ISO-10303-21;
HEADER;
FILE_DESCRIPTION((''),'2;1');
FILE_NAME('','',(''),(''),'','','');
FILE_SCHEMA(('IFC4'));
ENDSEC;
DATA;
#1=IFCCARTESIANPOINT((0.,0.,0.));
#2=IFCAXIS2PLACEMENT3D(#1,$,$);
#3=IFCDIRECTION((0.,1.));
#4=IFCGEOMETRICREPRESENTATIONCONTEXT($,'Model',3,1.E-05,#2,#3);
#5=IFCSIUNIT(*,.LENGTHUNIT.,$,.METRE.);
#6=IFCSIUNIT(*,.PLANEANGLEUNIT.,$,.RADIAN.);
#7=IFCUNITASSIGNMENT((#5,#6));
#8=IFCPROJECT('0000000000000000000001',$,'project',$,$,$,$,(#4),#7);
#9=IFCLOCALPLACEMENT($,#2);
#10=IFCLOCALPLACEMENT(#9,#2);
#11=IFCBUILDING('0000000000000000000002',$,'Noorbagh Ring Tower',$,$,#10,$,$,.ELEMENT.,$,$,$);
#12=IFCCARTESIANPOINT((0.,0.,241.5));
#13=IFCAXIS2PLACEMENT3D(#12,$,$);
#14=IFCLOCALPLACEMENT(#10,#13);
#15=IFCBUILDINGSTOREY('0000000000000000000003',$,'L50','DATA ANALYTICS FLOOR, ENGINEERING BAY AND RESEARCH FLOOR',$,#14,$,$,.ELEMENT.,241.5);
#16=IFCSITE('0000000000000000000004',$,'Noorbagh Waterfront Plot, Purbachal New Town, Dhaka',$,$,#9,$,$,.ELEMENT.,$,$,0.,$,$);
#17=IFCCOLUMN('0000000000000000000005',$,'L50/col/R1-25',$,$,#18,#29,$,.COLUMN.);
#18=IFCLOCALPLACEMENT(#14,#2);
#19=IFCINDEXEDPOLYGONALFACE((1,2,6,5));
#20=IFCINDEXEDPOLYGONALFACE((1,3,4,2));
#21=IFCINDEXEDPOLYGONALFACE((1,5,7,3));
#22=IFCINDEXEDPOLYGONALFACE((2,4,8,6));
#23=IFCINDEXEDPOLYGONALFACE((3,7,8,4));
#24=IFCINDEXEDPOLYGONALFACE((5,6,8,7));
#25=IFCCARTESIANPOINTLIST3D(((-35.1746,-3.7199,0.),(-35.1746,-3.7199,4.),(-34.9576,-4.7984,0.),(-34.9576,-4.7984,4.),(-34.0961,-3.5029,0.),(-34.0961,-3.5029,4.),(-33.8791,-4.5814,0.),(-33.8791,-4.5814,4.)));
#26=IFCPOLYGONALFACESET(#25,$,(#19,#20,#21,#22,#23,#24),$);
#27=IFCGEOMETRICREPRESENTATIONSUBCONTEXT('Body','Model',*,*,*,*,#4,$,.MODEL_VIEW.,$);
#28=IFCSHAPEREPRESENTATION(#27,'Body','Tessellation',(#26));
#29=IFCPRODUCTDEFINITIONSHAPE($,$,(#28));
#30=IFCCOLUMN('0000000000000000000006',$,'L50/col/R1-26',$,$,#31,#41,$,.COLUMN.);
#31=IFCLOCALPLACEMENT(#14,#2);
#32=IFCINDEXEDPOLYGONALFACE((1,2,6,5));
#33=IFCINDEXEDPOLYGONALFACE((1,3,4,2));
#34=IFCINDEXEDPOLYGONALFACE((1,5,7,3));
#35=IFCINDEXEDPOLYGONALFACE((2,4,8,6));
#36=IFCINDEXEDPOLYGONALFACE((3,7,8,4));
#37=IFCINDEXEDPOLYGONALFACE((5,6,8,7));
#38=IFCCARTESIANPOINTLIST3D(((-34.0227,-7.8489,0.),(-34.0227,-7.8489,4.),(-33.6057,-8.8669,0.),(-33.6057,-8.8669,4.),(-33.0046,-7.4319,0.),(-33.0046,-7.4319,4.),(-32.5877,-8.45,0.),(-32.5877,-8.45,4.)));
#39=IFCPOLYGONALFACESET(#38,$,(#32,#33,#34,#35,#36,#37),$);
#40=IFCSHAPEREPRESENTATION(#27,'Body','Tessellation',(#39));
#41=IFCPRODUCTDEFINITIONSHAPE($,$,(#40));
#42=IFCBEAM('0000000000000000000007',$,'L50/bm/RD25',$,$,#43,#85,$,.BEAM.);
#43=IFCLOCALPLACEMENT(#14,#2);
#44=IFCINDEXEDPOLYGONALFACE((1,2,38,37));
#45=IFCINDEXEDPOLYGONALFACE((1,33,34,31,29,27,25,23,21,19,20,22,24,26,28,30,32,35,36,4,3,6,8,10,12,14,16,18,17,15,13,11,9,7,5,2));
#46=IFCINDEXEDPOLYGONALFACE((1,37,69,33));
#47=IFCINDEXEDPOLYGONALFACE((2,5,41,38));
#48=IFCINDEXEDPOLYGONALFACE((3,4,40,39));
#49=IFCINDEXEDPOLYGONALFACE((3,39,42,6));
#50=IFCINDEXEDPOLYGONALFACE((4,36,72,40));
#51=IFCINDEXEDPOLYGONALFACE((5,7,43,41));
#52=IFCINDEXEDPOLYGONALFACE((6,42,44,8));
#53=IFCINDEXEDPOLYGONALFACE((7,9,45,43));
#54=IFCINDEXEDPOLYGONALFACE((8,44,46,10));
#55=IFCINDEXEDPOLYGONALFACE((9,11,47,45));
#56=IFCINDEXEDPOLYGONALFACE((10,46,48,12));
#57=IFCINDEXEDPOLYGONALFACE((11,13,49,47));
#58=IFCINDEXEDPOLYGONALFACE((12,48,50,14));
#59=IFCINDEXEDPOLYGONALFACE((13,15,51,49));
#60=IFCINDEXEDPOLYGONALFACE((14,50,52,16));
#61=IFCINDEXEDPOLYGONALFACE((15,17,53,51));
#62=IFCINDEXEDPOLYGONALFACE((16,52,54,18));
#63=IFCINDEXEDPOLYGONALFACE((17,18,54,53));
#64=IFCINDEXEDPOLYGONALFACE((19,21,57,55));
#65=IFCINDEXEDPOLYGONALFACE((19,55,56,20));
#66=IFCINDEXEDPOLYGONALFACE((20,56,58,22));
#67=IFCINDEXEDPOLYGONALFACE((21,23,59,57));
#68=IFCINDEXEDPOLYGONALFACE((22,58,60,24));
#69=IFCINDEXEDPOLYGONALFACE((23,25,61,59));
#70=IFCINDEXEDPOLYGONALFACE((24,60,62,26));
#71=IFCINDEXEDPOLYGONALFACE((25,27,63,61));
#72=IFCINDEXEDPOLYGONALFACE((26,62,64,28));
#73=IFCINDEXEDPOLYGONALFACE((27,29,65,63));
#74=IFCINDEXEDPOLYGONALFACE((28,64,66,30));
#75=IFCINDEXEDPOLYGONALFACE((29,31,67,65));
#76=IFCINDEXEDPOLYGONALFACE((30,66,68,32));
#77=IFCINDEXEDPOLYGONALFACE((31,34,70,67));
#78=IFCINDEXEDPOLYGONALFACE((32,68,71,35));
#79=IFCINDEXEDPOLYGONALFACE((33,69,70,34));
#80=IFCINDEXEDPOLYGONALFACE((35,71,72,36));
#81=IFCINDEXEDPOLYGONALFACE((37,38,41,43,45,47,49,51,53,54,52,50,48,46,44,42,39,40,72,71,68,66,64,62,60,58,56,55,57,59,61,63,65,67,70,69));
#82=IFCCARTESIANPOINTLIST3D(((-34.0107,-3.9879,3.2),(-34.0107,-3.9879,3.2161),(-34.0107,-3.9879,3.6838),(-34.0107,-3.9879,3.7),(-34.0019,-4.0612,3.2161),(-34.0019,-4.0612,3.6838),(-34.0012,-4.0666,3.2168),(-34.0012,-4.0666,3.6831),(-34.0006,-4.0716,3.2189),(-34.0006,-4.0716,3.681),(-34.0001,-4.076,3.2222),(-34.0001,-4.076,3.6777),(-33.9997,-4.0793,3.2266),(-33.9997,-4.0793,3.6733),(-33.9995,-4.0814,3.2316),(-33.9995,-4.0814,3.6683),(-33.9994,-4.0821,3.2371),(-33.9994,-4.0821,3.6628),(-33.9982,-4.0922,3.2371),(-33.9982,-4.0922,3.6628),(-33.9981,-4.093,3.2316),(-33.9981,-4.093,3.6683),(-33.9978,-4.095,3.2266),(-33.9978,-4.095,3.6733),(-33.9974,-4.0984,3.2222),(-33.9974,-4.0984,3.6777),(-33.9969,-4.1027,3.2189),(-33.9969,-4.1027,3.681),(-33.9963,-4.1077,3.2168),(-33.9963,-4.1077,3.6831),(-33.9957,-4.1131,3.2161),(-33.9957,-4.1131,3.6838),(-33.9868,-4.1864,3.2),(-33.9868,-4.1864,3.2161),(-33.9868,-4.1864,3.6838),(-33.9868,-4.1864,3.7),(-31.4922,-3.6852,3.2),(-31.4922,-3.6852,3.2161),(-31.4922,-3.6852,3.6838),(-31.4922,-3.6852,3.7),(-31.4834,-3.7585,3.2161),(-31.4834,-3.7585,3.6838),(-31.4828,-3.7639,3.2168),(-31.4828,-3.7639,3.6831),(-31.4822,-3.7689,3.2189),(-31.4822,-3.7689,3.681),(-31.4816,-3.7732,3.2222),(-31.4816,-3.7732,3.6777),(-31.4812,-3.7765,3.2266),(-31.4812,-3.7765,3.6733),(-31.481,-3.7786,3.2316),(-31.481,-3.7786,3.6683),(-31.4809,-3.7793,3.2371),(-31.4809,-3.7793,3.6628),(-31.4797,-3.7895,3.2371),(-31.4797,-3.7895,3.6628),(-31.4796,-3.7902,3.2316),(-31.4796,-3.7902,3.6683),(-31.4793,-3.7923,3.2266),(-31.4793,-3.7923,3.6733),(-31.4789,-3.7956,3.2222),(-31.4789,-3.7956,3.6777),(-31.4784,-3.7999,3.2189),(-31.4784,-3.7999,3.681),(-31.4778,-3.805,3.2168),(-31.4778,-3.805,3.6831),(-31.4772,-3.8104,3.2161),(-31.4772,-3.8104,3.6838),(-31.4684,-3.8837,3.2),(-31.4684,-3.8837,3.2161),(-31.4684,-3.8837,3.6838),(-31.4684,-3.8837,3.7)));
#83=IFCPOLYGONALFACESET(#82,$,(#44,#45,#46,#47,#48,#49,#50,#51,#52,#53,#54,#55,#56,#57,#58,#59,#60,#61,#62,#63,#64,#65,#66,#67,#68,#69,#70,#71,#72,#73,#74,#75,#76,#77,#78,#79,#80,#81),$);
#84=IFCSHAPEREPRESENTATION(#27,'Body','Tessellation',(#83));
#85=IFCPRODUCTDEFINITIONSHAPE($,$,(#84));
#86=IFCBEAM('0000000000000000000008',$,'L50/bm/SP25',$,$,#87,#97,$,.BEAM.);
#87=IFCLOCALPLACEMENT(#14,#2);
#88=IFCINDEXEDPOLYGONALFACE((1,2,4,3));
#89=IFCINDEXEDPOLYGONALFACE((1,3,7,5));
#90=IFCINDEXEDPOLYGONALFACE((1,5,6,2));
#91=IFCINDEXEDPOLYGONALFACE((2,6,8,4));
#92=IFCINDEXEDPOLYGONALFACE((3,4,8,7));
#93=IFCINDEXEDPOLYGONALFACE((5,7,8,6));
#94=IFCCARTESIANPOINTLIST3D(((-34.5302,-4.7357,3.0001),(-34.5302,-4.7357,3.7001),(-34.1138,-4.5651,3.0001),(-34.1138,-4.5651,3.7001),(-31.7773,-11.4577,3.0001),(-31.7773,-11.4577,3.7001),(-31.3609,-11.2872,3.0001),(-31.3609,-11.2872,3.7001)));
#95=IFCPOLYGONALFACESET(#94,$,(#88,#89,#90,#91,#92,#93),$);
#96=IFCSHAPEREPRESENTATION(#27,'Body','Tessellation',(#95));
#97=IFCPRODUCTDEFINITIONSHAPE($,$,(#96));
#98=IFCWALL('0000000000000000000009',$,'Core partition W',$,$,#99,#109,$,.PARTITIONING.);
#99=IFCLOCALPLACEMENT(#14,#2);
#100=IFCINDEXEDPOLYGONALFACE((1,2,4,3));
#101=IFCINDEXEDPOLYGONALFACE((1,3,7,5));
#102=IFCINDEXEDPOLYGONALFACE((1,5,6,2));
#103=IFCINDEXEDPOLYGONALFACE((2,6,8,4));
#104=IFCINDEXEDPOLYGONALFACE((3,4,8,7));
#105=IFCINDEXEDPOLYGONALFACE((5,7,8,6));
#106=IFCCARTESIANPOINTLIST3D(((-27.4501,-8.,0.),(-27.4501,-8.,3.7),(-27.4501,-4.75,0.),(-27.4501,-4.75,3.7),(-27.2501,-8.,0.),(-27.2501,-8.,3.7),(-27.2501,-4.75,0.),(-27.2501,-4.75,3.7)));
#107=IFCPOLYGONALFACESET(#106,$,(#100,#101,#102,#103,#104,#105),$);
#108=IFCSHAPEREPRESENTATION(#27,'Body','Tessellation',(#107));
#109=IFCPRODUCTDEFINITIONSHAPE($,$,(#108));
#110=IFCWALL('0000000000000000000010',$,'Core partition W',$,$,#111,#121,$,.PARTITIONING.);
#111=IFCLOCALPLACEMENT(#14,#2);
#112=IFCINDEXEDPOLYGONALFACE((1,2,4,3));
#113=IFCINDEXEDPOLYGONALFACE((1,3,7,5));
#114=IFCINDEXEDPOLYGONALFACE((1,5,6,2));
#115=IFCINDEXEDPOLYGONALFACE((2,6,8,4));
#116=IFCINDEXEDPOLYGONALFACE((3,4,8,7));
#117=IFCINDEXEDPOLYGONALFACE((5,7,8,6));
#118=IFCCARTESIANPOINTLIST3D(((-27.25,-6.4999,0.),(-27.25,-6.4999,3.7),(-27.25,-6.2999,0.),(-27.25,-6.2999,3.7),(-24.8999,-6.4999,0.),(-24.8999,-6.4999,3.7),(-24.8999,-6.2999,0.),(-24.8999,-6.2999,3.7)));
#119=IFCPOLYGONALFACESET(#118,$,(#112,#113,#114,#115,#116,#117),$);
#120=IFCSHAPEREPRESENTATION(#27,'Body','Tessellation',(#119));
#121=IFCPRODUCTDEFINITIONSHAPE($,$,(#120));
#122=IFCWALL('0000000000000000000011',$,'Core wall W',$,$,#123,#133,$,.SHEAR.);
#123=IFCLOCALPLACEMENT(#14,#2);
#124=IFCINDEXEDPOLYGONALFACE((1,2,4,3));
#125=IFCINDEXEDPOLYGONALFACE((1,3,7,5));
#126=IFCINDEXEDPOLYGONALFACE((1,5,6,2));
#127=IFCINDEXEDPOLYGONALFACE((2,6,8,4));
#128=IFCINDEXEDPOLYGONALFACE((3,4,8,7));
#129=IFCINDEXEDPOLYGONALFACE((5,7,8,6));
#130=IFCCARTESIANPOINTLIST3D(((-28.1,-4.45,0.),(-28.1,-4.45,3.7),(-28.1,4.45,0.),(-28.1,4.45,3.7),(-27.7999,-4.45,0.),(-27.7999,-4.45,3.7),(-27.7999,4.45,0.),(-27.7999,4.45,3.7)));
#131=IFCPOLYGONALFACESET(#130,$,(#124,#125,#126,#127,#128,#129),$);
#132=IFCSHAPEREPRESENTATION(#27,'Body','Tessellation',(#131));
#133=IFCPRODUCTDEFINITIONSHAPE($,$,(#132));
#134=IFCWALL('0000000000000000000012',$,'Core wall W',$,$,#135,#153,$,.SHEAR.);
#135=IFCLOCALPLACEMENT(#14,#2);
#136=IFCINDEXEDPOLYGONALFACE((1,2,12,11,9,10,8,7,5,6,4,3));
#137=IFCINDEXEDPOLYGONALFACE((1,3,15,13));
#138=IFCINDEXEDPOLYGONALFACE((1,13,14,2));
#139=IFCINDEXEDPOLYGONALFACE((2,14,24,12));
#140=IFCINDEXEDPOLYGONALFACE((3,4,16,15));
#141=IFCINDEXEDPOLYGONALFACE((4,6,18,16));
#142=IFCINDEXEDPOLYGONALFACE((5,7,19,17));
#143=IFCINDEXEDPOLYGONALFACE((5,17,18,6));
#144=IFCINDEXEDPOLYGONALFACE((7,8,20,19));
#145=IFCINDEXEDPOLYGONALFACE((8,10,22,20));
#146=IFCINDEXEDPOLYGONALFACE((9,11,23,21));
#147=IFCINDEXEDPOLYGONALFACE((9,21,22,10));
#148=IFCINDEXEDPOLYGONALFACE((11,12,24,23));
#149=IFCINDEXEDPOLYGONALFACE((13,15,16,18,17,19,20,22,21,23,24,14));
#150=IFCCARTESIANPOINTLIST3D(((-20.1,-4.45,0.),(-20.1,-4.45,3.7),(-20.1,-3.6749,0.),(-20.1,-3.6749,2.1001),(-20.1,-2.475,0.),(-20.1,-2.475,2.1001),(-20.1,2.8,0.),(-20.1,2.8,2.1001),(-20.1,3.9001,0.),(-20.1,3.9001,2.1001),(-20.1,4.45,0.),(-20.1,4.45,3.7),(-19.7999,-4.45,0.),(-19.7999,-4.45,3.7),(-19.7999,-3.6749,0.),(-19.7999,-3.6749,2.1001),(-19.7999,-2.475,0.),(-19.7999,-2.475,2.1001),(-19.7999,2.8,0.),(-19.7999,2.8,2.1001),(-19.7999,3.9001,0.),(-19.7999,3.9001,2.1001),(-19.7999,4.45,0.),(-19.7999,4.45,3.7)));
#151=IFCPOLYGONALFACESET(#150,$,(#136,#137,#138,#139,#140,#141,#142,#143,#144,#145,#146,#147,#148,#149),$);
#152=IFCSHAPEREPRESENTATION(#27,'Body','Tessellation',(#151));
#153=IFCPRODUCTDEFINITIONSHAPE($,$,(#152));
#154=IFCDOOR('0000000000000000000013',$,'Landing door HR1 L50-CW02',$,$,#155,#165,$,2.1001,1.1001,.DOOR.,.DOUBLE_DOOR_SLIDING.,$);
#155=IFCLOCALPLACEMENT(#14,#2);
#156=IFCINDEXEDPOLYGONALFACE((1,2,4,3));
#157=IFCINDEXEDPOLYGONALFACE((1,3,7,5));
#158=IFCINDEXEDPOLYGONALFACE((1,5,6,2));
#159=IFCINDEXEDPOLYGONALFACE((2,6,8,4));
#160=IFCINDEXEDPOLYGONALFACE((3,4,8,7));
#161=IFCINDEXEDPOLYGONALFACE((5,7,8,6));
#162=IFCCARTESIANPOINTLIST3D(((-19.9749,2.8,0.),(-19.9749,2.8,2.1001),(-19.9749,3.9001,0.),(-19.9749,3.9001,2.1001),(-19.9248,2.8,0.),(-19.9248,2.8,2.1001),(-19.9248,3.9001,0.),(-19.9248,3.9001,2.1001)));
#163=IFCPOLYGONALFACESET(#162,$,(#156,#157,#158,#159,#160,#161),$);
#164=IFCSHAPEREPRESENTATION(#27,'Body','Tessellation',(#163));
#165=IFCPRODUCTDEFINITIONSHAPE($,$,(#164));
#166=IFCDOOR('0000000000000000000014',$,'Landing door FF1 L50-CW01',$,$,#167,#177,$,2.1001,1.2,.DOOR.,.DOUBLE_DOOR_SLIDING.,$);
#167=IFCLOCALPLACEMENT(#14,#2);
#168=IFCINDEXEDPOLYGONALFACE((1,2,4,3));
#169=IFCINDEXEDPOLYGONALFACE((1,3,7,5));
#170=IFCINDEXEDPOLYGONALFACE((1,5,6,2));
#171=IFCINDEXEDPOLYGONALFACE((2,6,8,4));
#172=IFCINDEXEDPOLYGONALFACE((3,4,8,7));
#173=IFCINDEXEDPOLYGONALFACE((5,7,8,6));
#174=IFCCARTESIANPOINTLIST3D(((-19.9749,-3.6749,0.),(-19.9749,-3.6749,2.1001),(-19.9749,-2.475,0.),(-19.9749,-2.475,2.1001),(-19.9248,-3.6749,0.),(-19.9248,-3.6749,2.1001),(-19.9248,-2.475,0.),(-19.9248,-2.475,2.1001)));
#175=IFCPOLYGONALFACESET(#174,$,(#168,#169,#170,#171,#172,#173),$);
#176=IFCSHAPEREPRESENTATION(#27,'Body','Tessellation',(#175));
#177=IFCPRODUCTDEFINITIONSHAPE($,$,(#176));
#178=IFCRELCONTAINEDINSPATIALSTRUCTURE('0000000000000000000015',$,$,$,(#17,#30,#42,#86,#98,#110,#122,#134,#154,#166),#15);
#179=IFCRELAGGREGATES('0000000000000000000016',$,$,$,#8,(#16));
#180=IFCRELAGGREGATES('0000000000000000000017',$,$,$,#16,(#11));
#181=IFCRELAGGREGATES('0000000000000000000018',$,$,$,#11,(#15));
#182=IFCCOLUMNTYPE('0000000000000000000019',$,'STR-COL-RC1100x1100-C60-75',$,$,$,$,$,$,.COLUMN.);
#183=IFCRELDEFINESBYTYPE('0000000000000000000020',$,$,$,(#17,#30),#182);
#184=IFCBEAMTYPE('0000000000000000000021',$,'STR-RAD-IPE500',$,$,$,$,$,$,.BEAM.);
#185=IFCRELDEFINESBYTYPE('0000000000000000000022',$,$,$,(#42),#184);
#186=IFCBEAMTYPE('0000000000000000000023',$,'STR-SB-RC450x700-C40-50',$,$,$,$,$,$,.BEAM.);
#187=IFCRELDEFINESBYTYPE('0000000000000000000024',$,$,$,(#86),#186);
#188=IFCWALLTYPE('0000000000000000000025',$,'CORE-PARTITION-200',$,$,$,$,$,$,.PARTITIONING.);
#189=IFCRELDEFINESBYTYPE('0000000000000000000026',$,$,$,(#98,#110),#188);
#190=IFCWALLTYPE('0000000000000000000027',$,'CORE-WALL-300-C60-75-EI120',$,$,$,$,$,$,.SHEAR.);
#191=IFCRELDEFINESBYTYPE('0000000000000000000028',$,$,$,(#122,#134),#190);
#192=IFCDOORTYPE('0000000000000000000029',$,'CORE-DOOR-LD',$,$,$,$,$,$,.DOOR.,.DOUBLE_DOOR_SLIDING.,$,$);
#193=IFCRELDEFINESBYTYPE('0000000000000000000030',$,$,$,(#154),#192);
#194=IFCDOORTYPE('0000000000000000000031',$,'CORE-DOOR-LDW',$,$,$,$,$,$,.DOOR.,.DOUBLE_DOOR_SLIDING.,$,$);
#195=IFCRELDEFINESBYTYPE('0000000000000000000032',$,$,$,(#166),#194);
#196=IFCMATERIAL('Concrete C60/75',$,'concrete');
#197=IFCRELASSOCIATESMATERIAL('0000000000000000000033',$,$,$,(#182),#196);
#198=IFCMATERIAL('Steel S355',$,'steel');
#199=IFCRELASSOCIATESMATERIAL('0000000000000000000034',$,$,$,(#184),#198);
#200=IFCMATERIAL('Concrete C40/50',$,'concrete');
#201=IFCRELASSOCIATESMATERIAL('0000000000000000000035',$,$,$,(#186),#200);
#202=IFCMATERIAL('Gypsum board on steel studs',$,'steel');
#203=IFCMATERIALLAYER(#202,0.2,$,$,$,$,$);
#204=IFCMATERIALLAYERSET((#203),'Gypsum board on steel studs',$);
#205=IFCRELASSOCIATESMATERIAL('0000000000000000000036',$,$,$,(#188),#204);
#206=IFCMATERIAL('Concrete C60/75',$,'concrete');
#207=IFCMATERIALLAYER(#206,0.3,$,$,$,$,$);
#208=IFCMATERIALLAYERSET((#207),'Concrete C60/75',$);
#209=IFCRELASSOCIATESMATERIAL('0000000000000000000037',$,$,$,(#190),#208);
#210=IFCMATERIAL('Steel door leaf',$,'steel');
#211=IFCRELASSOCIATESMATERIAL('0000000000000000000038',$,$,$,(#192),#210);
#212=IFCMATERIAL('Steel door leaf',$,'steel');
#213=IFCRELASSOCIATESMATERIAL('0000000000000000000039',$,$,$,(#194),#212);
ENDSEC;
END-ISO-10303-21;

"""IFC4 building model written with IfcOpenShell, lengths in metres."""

from ifc_helpers import new_model, si_unit, direction, frame, frame_2d, origin, origin_2d, place, context, subcontext, project, spatial, rectangle, i_section, extrude, material, layer, layer_set, material_profile, profile_set, type_object, element, fill, save


model = new_model("IFC4")

# Units and contexts
model_context = context("Model", 3, precision=1e-05, world=origin(), true_north=direction((0.0, 1.0)))
body_context = subcontext(model_context, "Body", "Model", "MODEL_VIEW")
ifc_project = project(units=[si_unit("LENGTHUNIT", "METRE"), si_unit("PLANEANGLEUNIT", "RADIAN")], contexts=[model_context])

# Site, building, storey
site_placement = place(None, origin())
site = spatial("IfcSite", under=ifc_project, at=site_placement, Name="Noorbagh Waterfront Plot, Purbachal New Town, Dhaka", CompositionType="ELEMENT", RefElevation=0.0)
building_placement = place(site_placement, origin())
building = spatial("IfcBuilding", under=site, at=building_placement, Name="Noorbagh Ring Tower", CompositionType="ELEMENT")
storey_placement = place(building_placement, frame((0.0, 0.0, 241.5)))
storey = spatial("IfcBuildingStorey", under=building, at=storey_placement, Name="L50", Description="DATA ANALYTICS FLOOR, ENGINEERING BAY AND RESEARCH FLOOR", CompositionType="ELEMENT", Elevation=241.5)

# Columns
ifc_material_1 = material(Name="Concrete C60/75", Category="concrete")
ifc_material_profile_1 = material_profile(ifc_material_1, rectangle(XDim=1.1001, YDim=1.1001, at=origin_2d()), Name="RC1100x1100")
ifc_profile_set_1 = profile_set([ifc_material_profile_1], Name="Concrete C60/75")
column_type = type_object("IfcColumnType", Name="STR-COL-RC1100x1100-C60-75", PredefinedType="COLUMN", material=ifc_profile_set_1)
for number, where, z_axis, x_axis, name in (
    (1, (-34.5269, -4.1506, 0.0), (0.0, 0.0, 1.0), (0.19723, -0.980357, 0.0), "L50/col/R1-25"),
    (2, (-33.3052, -8.1494, 0.0), (0.0, 0.0, 1.0), (0.378989, -0.925401, 0.0), "L50/col/R1-26"),
):
    element("IfcColumn", number, at=place(storey_placement, frame(where, z_axis=z_axis, x_axis=x_axis)), inside=storey, type_object=column_type, Name=name, PredefinedType="COLUMN", context=body_context, shape_type="SweptSolid", body=[
        extrude(rectangle(XDim=1.1001, YDim=1.1001, at=origin_2d()), origin(), (0.0, 0.0, 1.0), 4.0),
    ])

# Beams
ifc_material_2 = material(Name="Steel S355", Category="steel")
ifc_material_profile_2 = material_profile(ifc_material_2, i_section(OverallWidth=0.2, OverallDepth=0.5, WebThickness=0.0103, FlangeThickness=0.0161, FilletRadius=0.021, at=origin_2d()), Name="IPE500")
ifc_profile_set_2 = profile_set([ifc_material_profile_2], Name="Steel S355")
beam_type_1 = type_object("IfcBeamType", Name="STR-RAD-IPE500", PredefinedType="BEAM", material=ifc_profile_set_2)
beam_1_placement = place(storey_placement, frame((-33.9988, -4.0872, 3.45), z_axis=(0.992853, 0.119343, 0.0), x_axis=(-0.119343, 0.992853, 0.0)))
element("IfcBeam", 3, at=beam_1_placement, inside=storey, type_object=beam_type_1, Name="L50/bm/RD25", PredefinedType="BEAM", context=body_context, shape_type="SweptSolid", body=[
    extrude(i_section(OverallWidth=0.2, OverallDepth=0.5, WebThickness=0.0103, FlangeThickness=0.0161, FilletRadius=0.021, at=origin_2d()), origin(), (0.0, 0.0, 1.0), 2.5366),
])
ifc_material_3 = material(Name="Concrete C40/50", Category="concrete")
ifc_material_profile_3 = material_profile(ifc_material_3, rectangle(XDim=0.45, YDim=0.7, at=origin_2d()), Name="RC450x700")
ifc_profile_set_3 = profile_set([ifc_material_profile_3], Name="Concrete C40/50")
beam_type_2 = type_object("IfcBeamType", Name="STR-SB-RC450x700-C40-50", PredefinedType="BEAM", material=ifc_profile_set_3)
beam_2_placement = place(storey_placement, frame((-34.322, -4.6504, 3.3501), z_axis=(0.378981, -0.925404, 0.0), x_axis=(0.925404, 0.378981, 0.0)))
element("IfcBeam", 4, at=beam_2_placement, inside=storey, type_object=beam_type_2, Name="L50/bm/SP25", PredefinedType="BEAM", context=body_context, shape_type="SweptSolid", body=[
    extrude(rectangle(XDim=0.45, YDim=0.7, at=origin_2d()), origin(), (0.0, 0.0, 1.0), 7.2639),
])

# Walls
ifc_material_4 = material(Name="Gypsum board on steel studs", Category="steel")
ifc_layer_1 = layer(ifc_material_4, 0.2)
ifc_layer_set_1 = layer_set([ifc_layer_1], Name="Gypsum board on steel studs")
wall_type_1 = type_object("IfcWallType", Name="CORE-PARTITION-200", PredefinedType="PARTITIONING", material=ifc_layer_set_1)
wall_1_placement = place(storey_placement, frame((-27.3501, -8.0, 0.0), z_axis=(0.0, 0.0, 1.0), x_axis=(0.0, 1.0, 0.0)))
element("IfcWall", 5, at=wall_1_placement, inside=storey, type_object=wall_type_1, Name="Core partition W", PredefinedType="PARTITIONING", context=body_context, shape_type="SweptSolid", body=[
    extrude(rectangle(XDim=3.25, YDim=0.2, at=frame_2d((1.625, 0.0))), origin(), (0.0, 0.0, 1.0), 3.7),
])
wall_2_placement = place(storey_placement, frame((-24.8999, -6.3999, 0.0), z_axis=(0.0, 0.0, 1.0), x_axis=(-1.0, 0.0, 0.0)))
element("IfcWall", 6, at=wall_2_placement, inside=storey, type_object=wall_type_1, Name="Core partition W", PredefinedType="PARTITIONING", context=body_context, shape_type="SweptSolid", body=[
    extrude(rectangle(XDim=2.3501, YDim=0.2, at=frame_2d((1.175, 0.0))), origin(), (0.0, 0.0, 1.0), 3.7),
])
ifc_material_5 = material(Name="Concrete C60/75", Category="concrete")
ifc_layer_2 = layer(ifc_material_5, 0.3)
ifc_layer_set_2 = layer_set([ifc_layer_2], Name="Concrete C60/75")
wall_type_2 = type_object("IfcWallType", Name="CORE-WALL-300-C60-75-EI120", PredefinedType="SHEAR", material=ifc_layer_set_2)
wall_3_placement = place(storey_placement, frame((-27.95, -4.45, 0.0), z_axis=(0.0, 0.0, 1.0), x_axis=(0.0, 1.0, 0.0)))
element("IfcWall", 7, at=wall_3_placement, inside=storey, type_object=wall_type_2, Name="Core wall W", PredefinedType="SHEAR", context=body_context, shape_type="SweptSolid", body=[
    extrude(rectangle(XDim=8.8999, YDim=0.3, at=frame_2d((4.45, 0.0))), origin(), (0.0, 0.0, 1.0), 3.7),
])

# Wall, openings, doors
wall_4_placement = place(storey_placement, frame((-19.95, -4.45, 0.0), z_axis=(0.0, 0.0, 1.0), x_axis=(0.0, 1.0, 0.0)))
wall_4 = element("IfcWall", 8, at=wall_4_placement, inside=storey, type_object=wall_type_2, Name="Core wall W", PredefinedType="SHEAR", context=body_context, shape_type="SweptSolid", body=[
    extrude(rectangle(XDim=8.8999, YDim=0.3, at=frame_2d((4.45, 0.0))), origin(), (0.0, 0.0, 1.0), 3.7),
])
opening_1_placement = place(wall_4_placement, frame((0.7749, 0.0, 0.0)))
opening_1 = element("IfcOpeningElement", 9, at=opening_1_placement, cuts=wall_4, PredefinedType="OPENING", context=body_context, shape_type="SweptSolid", body=[
    extrude(rectangle(XDim=1.2, YDim=2.1001, at=frame_2d((0.6001, 1.05))), frame((0.0, 0.1602, 0.0), z_axis=(0.0, -1.0, 0.0), x_axis=(1.0, 0.0, 0.0)), (0.0, 0.0, 1.0), 0.3201),
])
opening_2_placement = place(wall_4_placement, frame((7.25, 0.0, 0.0)))
opening_2 = element("IfcOpeningElement", 10, at=opening_2_placement, cuts=wall_4, PredefinedType="OPENING", context=body_context, shape_type="SweptSolid", body=[
    extrude(rectangle(XDim=1.1001, YDim=2.1001, at=frame_2d((0.55, 1.05))), frame((0.0, 0.1602, 0.0), z_axis=(0.0, -1.0, 0.0), x_axis=(1.0, 0.0, 0.0)), (0.0, 0.0, 1.0), 0.3201),
])
ifc_material_6 = material(Name="Steel door leaf", Category="steel")
door_type_1 = type_object("IfcDoorType", Name="CORE-DOOR-LD", OperationType="DOUBLE_DOOR_SLIDING", PredefinedType="DOOR", material=ifc_material_6)
door_1_placement = place(opening_2_placement, origin())
door_1 = element("IfcDoor", 11, at=door_1_placement, inside=storey, type_object=door_type_1, Name="Landing door HR1 L50-CW02", OperationType="DOUBLE_DOOR_SLIDING", OverallHeight=2.1001, OverallWidth=1.1001, PredefinedType="DOOR", context=body_context, shape_type="SweptSolid", body=[
    extrude(rectangle(XDim=1.1001, YDim=2.1001, at=frame_2d((0.55, 1.05))), frame((0.0, 0.0249, 0.0), z_axis=(0.0, -1.0, 0.0), x_axis=(1.0, 0.0, 0.0)), (0.0, 0.0, 1.0), 0.05),
])
fill(opening_2, door_1)
ifc_material_7 = material(Name="Steel door leaf", Category="steel")
door_type_2 = type_object("IfcDoorType", Name="CORE-DOOR-LDW", OperationType="DOUBLE_DOOR_SLIDING", PredefinedType="DOOR", material=ifc_material_7)
door_2_placement = place(opening_1_placement, origin())
door_2 = element("IfcDoor", 12, at=door_2_placement, inside=storey, type_object=door_type_2, Name="Landing door FF1 L50-CW01", OperationType="DOUBLE_DOOR_SLIDING", OverallHeight=2.1001, OverallWidth=1.2, PredefinedType="DOOR", context=body_context, shape_type="SweptSolid", body=[
    extrude(rectangle(XDim=1.2, YDim=2.1001, at=frame_2d((0.6001, 1.05))), frame((0.0, 0.0249, 0.0), z_axis=(0.0, -1.0, 0.0), x_axis=(1.0, 0.0, 0.0)), (0.0, 0.0, 1.0), 0.05),
])
fill(opening_1, door_2)

save(model, "model.ifc")
